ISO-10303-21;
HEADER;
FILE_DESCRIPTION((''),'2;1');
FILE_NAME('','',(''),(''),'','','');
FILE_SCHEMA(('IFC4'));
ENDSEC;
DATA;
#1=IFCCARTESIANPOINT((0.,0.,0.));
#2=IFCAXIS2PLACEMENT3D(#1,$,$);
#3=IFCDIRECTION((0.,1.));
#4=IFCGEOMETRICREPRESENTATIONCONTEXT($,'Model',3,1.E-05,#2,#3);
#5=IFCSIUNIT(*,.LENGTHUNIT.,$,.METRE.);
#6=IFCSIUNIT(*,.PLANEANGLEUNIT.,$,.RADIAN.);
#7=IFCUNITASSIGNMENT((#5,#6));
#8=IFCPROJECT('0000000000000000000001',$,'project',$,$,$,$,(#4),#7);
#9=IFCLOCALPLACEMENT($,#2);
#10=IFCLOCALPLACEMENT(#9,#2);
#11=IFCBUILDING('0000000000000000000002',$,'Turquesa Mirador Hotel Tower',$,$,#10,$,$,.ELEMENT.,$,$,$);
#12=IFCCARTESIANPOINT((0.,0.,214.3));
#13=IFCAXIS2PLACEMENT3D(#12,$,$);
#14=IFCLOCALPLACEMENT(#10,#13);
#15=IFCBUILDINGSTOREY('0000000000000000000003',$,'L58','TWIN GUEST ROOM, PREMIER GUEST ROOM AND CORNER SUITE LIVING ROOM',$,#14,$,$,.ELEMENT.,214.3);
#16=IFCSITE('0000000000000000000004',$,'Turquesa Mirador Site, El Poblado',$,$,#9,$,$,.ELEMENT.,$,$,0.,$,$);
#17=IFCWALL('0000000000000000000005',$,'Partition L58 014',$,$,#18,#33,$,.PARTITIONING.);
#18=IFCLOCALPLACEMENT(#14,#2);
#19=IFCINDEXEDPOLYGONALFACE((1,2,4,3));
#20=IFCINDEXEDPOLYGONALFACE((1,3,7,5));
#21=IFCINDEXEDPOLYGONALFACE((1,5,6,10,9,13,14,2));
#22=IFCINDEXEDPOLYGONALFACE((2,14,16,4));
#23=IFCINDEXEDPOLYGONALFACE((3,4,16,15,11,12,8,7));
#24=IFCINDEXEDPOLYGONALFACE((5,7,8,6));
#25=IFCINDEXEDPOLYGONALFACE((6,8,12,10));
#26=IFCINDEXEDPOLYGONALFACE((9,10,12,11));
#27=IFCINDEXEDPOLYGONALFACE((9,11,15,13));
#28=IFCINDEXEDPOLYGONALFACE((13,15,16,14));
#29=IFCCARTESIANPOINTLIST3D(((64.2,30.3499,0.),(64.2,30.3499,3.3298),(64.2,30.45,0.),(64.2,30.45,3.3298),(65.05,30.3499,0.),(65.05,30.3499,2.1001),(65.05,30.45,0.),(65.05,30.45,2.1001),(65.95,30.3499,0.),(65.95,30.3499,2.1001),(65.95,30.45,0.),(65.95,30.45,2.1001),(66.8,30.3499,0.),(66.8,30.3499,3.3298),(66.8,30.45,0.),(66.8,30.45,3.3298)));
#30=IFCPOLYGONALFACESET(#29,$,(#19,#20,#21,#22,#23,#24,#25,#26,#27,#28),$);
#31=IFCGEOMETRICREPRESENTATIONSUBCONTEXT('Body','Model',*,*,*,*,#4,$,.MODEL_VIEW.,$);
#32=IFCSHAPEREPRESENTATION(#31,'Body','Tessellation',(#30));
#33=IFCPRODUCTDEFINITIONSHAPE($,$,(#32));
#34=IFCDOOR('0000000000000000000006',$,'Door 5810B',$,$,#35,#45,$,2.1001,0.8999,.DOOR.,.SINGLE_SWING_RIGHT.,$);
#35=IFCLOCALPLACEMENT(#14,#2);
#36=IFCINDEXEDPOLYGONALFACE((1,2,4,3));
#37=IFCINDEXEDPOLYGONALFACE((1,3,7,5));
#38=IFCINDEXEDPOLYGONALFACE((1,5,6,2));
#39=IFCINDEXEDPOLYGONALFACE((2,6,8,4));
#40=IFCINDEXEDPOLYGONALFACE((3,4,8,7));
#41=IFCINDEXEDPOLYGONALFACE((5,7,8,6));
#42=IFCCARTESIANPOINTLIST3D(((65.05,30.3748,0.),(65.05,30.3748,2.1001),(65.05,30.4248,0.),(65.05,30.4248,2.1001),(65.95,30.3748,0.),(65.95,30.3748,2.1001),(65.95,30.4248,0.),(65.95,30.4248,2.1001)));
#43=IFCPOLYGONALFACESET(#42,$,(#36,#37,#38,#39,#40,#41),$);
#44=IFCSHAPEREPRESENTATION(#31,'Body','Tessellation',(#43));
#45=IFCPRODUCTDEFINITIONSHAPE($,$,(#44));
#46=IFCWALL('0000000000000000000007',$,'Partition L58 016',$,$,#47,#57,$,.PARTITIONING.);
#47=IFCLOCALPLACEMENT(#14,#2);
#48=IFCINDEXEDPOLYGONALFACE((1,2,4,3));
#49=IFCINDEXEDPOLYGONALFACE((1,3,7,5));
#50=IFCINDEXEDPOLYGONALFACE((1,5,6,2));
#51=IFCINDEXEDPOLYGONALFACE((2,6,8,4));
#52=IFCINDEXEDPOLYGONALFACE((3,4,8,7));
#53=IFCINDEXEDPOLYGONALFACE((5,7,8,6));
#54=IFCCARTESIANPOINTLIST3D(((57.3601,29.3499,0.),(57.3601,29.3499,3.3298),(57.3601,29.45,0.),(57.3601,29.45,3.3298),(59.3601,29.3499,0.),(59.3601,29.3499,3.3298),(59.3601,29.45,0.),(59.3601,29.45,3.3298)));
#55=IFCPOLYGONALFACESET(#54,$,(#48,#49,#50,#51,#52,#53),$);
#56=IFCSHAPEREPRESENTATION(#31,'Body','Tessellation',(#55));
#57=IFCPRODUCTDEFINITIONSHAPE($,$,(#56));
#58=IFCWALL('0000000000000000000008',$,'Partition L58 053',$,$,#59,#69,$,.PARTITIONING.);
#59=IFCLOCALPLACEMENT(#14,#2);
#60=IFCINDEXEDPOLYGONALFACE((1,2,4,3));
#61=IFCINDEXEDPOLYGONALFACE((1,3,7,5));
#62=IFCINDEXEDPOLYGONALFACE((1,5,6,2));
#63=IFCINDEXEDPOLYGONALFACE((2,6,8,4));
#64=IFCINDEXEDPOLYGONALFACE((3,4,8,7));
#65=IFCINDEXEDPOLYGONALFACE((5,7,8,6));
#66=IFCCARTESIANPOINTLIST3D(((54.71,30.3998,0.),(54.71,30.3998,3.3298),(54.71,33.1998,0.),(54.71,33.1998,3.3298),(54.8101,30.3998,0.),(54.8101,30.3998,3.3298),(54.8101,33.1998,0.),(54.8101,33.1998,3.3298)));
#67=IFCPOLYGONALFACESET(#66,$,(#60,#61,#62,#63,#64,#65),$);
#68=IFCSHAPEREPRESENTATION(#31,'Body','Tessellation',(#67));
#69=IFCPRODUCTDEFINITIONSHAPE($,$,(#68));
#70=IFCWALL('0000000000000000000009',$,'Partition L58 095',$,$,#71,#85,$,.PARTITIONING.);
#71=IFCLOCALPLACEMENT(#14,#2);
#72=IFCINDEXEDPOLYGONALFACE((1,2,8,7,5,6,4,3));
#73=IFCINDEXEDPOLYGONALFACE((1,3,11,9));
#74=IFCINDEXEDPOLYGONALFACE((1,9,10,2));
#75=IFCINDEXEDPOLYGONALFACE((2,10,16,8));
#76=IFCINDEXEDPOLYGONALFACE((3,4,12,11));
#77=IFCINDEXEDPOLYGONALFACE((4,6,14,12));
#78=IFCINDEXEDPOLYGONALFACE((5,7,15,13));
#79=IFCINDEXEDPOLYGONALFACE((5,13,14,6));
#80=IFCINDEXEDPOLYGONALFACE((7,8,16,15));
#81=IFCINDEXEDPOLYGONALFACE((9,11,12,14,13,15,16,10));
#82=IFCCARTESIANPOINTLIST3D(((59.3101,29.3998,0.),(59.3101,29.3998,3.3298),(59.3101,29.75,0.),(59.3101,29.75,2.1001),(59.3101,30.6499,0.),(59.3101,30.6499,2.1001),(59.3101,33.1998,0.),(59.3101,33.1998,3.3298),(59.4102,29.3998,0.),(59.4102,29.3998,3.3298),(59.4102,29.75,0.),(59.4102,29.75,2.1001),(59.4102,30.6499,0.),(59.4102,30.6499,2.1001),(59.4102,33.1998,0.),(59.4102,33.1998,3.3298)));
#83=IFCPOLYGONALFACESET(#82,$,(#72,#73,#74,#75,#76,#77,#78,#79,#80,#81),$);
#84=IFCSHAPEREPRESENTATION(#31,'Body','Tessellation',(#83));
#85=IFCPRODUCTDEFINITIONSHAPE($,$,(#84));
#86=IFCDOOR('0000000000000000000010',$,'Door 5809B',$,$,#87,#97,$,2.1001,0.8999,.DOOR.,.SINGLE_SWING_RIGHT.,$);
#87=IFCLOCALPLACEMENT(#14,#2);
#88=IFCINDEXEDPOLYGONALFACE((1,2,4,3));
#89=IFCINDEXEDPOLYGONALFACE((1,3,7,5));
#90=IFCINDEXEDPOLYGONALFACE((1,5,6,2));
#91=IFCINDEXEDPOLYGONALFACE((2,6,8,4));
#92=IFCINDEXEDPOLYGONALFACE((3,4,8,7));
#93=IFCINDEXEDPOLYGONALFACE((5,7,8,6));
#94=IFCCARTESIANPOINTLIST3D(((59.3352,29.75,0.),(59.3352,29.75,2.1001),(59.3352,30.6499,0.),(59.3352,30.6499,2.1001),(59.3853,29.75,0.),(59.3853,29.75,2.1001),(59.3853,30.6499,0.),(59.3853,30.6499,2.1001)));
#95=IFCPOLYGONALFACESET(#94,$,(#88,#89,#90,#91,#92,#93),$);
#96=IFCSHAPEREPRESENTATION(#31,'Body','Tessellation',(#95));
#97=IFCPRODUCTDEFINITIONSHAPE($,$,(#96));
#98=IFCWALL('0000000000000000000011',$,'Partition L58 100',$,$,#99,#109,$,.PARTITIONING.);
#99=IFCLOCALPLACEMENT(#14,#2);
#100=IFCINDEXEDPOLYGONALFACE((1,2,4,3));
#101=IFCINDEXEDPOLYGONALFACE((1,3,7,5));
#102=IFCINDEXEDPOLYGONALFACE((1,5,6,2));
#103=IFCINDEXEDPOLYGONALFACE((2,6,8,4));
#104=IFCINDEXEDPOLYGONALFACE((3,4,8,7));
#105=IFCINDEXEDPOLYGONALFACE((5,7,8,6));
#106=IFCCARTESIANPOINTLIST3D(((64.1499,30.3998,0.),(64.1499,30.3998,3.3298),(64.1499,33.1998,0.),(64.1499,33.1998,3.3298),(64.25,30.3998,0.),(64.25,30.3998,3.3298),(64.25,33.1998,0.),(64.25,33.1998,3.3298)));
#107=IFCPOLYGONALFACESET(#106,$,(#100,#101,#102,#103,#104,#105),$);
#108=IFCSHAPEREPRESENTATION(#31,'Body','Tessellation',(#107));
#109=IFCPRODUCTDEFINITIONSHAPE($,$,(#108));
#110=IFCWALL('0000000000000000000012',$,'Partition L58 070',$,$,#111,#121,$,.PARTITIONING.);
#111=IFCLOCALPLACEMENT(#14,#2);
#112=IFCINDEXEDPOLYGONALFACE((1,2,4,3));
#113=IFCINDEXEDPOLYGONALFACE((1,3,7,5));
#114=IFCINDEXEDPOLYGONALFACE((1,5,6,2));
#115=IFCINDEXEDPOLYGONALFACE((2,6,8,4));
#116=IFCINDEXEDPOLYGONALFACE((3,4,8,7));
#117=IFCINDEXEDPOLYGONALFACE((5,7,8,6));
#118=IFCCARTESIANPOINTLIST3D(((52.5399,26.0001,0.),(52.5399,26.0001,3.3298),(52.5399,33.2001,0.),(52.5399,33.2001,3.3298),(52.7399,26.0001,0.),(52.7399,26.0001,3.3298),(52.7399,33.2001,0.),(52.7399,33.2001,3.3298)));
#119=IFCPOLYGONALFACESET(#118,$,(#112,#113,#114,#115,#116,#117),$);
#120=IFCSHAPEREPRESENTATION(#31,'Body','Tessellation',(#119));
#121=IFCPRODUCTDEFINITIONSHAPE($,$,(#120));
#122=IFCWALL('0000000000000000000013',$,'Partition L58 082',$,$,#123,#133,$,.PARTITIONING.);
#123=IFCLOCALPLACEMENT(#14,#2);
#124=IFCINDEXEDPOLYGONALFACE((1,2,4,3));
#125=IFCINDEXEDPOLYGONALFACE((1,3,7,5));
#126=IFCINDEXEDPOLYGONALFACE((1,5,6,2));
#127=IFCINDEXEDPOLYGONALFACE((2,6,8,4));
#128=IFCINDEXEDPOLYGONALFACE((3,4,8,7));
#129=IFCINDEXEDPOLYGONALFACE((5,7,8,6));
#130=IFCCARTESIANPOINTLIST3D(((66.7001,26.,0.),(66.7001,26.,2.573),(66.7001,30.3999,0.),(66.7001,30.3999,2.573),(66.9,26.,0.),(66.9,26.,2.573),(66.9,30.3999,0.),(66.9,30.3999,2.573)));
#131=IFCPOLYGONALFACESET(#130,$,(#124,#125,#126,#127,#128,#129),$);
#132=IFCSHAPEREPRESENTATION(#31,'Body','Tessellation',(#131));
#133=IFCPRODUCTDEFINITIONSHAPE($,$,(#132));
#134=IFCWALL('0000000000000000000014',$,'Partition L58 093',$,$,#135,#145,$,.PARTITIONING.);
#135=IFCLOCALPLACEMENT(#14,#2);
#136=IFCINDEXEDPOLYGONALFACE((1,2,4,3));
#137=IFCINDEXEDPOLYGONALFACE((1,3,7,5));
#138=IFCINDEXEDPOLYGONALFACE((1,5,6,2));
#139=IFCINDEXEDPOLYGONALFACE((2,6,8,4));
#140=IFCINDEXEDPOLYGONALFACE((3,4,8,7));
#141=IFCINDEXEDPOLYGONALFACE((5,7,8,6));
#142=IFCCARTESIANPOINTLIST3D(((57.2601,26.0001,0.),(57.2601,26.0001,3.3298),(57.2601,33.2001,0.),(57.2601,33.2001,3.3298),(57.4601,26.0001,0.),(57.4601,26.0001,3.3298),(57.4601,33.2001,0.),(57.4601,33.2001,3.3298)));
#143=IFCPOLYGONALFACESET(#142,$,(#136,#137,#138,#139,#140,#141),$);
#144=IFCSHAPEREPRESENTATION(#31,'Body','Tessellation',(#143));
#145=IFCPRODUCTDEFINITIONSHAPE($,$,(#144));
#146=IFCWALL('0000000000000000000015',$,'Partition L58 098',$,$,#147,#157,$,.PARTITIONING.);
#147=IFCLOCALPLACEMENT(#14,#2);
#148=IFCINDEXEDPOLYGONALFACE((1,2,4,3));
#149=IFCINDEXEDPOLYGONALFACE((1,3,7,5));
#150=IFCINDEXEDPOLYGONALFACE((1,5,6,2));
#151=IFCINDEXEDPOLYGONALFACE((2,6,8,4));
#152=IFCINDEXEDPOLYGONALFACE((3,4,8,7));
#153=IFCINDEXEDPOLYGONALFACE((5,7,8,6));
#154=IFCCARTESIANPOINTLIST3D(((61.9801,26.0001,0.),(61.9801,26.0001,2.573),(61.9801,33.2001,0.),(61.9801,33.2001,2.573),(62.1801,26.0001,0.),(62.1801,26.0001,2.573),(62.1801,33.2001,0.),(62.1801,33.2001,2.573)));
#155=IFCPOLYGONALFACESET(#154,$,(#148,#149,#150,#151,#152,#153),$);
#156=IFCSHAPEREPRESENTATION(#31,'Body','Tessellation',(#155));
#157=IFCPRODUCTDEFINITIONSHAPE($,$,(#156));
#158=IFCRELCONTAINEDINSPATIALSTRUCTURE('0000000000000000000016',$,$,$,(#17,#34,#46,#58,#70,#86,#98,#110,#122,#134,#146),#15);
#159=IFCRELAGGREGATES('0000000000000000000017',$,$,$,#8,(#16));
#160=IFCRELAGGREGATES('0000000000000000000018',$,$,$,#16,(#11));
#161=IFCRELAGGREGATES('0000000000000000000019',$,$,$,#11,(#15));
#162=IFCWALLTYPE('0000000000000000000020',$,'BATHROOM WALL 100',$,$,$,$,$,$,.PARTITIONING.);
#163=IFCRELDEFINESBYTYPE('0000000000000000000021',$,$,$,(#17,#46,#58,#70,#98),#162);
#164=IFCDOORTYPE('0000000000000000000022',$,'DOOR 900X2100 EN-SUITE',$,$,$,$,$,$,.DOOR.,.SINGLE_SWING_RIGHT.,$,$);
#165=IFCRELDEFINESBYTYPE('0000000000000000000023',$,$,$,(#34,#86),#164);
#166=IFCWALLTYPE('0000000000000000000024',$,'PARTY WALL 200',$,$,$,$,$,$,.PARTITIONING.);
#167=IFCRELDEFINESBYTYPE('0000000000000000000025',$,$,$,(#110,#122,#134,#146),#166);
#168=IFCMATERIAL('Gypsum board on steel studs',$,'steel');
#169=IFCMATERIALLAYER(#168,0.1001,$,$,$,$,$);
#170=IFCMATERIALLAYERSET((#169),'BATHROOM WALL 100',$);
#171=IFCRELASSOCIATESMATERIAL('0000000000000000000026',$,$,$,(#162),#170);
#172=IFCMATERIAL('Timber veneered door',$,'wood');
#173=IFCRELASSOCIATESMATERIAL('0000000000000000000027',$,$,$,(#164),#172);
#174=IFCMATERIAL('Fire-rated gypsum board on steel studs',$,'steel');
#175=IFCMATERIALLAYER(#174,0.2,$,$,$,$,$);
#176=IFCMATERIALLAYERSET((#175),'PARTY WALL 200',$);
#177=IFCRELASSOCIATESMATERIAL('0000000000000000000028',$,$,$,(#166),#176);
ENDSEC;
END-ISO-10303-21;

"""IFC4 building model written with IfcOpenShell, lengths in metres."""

from ifc_helpers import new_model, si_unit, direction, frame, frame_2d, origin, place, context, subcontext, project, spatial, rectangle, extrude, material, layer, layer_set, type_object, element, fill, save


model = new_model("IFC4")

# Units and contexts
model_context = context("Model", 3, precision=1e-05, world=origin(), true_north=direction((0.0, 1.0)))
body_context = subcontext(model_context, "Body", "Model", "MODEL_VIEW")
ifc_project = project(units=[si_unit("LENGTHUNIT", "METRE"), si_unit("PLANEANGLEUNIT", "RADIAN")], contexts=[model_context])

# Site, building, storey
site_placement = place(None, origin())
site = spatial("IfcSite", under=ifc_project, at=site_placement, Name="Turquesa Mirador Site, El Poblado", CompositionType="ELEMENT", RefElevation=0.0)
building_placement = place(site_placement, origin())
building = spatial("IfcBuilding", under=site, at=building_placement, Name="Turquesa Mirador Hotel Tower", CompositionType="ELEMENT")
storey_placement = place(building_placement, frame((0.0, 0.0, 214.3)))
storey = spatial("IfcBuildingStorey", under=building, at=storey_placement, Name="L58", Description="TWIN GUEST ROOM, PREMIER GUEST ROOM AND CORNER SUITE LIVING ROOM", CompositionType="ELEMENT", Elevation=214.3)

# Wall, opening, door
ifc_material_1 = material(Name="Gypsum board on steel studs", Category="steel")
ifc_layer_1 = layer(ifc_material_1, 0.1001)
ifc_layer_set_1 = layer_set([ifc_layer_1], Name="BATHROOM WALL 100")
wall_type_1 = type_object("IfcWallType", Name="BATHROOM WALL 100", PredefinedType="PARTITIONING", material=ifc_layer_set_1)
ifc_material_2 = material(Name="Timber veneered door", Category="wood")
door_type = type_object("IfcDoorType", Name="DOOR 900X2100 EN-SUITE", OperationType="SINGLE_SWING_RIGHT", PredefinedType="DOOR", material=ifc_material_2)
wall_1_placement = place(storey_placement, frame((64.2, 30.3999, 0.0), z_axis=(0.0, 0.0, 1.0), x_axis=(1.0, 0.0, 0.0)))
wall_1 = element("IfcWall", 1, at=wall_1_placement, inside=storey, type_object=wall_type_1, Name="Partition L58 014", PredefinedType="PARTITIONING", context=body_context, shape_type="SweptSolid", body=[
    extrude(rectangle(XDim=2.6001, YDim=0.1001, at=frame_2d((1.3, 0.0))), origin(), (0.0, 0.0, 1.0), 3.3298),
])
opening_1_placement = place(wall_1_placement, frame((0.8501, 0.0, 0.0)))
opening_1 = element("IfcOpeningElement", 2, at=opening_1_placement, cuts=wall_1, PredefinedType="OPENING", context=body_context, shape_type="SweptSolid", body=[
    extrude(rectangle(XDim=0.8999, YDim=2.1001, at=frame_2d((0.45, 1.05))), frame((0.0, 0.0601, 0.0), z_axis=(0.0, -1.0, 0.0), x_axis=(1.0, 0.0, 0.0)), (0.0, 0.0, 1.0), 0.1201),
])
door_1_placement = place(opening_1_placement, origin())
door_1 = element("IfcDoor", 3, at=door_1_placement, inside=storey, type_object=door_type, Name="Door 5810B", OperationType="SINGLE_SWING_RIGHT", OverallHeight=2.1001, OverallWidth=0.8999, PredefinedType="DOOR", context=body_context, shape_type="SweptSolid", body=[
    extrude(rectangle(XDim=0.8999, YDim=2.1001, at=frame_2d((0.45, 1.05))), frame((0.0, 0.0249, 0.0), z_axis=(0.0, -1.0, 0.0), x_axis=(1.0, 0.0, 0.0)), (0.0, 0.0, 1.0), 0.05),
])
fill(opening_1, door_1)

# Walls
wall_2_placement = place(storey_placement, frame((57.3601, 29.3999, 0.0), z_axis=(0.0, 0.0, 1.0), x_axis=(1.0, 0.0, 0.0)))
element("IfcWall", 4, at=wall_2_placement, inside=storey, type_object=wall_type_1, Name="Partition L58 016", PredefinedType="PARTITIONING", context=body_context, shape_type="SweptSolid", body=[
    extrude(rectangle(XDim=2.0, YDim=0.1001, at=frame_2d((1.0, 0.0))), origin(), (0.0, 0.0, 1.0), 3.3298),
])
wall_3_placement = place(storey_placement, frame((54.76, 30.3999, 0.0), z_axis=(0.0, 0.0, 1.0), x_axis=(0.0, 1.0, 0.0)))
element("IfcWall", 5, at=wall_3_placement, inside=storey, type_object=wall_type_1, Name="Partition L58 053", PredefinedType="PARTITIONING", context=body_context, shape_type="SweptSolid", body=[
    extrude(rectangle(XDim=2.8, YDim=0.1001, at=frame_2d((1.3999, 0.0))), origin(), (0.0, 0.0, 1.0), 3.3298),
])

# Wall, opening, door
wall_4_placement = place(storey_placement, frame((59.3601, 29.3999, 0.0), z_axis=(0.0, 0.0, 1.0), x_axis=(0.0, 1.0, 0.0)))
wall_4 = element("IfcWall", 6, at=wall_4_placement, inside=storey, type_object=wall_type_1, Name="Partition L58 095", PredefinedType="PARTITIONING", context=body_context, shape_type="SweptSolid", body=[
    extrude(rectangle(XDim=3.8, YDim=0.1001, at=frame_2d((1.8999, 0.0))), origin(), (0.0, 0.0, 1.0), 3.3298),
])
opening_2_placement = place(wall_4_placement, frame((0.3501, 0.0, 0.0)))
opening_2 = element("IfcOpeningElement", 7, at=opening_2_placement, cuts=wall_4, PredefinedType="OPENING", context=body_context, shape_type="SweptSolid", body=[
    extrude(rectangle(XDim=0.8999, YDim=2.1001, at=frame_2d((0.45, 1.05))), frame((0.0, 0.0601, 0.0), z_axis=(0.0, -1.0, 0.0), x_axis=(1.0, 0.0, 0.0)), (0.0, 0.0, 1.0), 0.1201),
])
door_2_placement = place(opening_2_placement, origin())
door_2 = element("IfcDoor", 8, at=door_2_placement, inside=storey, type_object=door_type, Name="Door 5809B", OperationType="SINGLE_SWING_RIGHT", OverallHeight=2.1001, OverallWidth=0.8999, PredefinedType="DOOR", context=body_context, shape_type="SweptSolid", body=[
    extrude(rectangle(XDim=0.8999, YDim=2.1001, at=frame_2d((0.45, 1.05))), frame((0.0, 0.0249, 0.0), z_axis=(0.0, -1.0, 0.0), x_axis=(1.0, 0.0, 0.0)), (0.0, 0.0, 1.0), 0.05),
])
fill(opening_2, door_2)

# Walls
wall_5_placement = place(storey_placement, frame((64.2, 30.3999, 0.0), z_axis=(0.0, 0.0, 1.0), x_axis=(0.0, 1.0, 0.0)))
element("IfcWall", 9, at=wall_5_placement, inside=storey, type_object=wall_type_1, Name="Partition L58 100", PredefinedType="PARTITIONING", context=body_context, shape_type="SweptSolid", body=[
    extrude(rectangle(XDim=2.8, YDim=0.1001, at=frame_2d((1.3999, 0.0))), origin(), (0.0, 0.0, 1.0), 3.3298),
])
ifc_material_3 = material(Name="Fire-rated gypsum board on steel studs", Category="steel")
ifc_layer_2 = layer(ifc_material_3, 0.2)
ifc_layer_set_2 = layer_set([ifc_layer_2], Name="PARTY WALL 200")
wall_type_2 = type_object("IfcWallType", Name="PARTY WALL 200", PredefinedType="PARTITIONING", material=ifc_layer_set_2)
wall_6_placement = place(storey_placement, frame((52.6399, 26.0, 0.0), z_axis=(0.0, 0.0, 1.0), x_axis=(0.0, 1.0, 0.0)))
element("IfcWall", 10, at=wall_6_placement, inside=storey, type_object=wall_type_2, Name="Partition L58 070", PredefinedType="PARTITIONING", context=body_context, shape_type="SweptSolid", body=[
    extrude(rectangle(XDim=7.2, YDim=0.2, at=frame_2d((3.6001, 0.0))), origin(), (0.0, 0.0, 1.0), 3.3298),
])
wall_7_placement = place(storey_placement, frame((66.8, 26.0, 0.0), z_axis=(0.0, 0.0, 1.0), x_axis=(0.0, 1.0, 0.0)))
element("IfcWall", 11, at=wall_7_placement, inside=storey, type_object=wall_type_2, Name="Partition L58 082", PredefinedType="PARTITIONING", context=body_context, shape_type="SweptSolid", body=[
    extrude(rectangle(XDim=4.3999, YDim=0.2, at=frame_2d((2.2, 0.0))), origin(), (0.0, 0.0, 1.0), 2.573),
])
wall_8_placement = place(storey_placement, frame((57.3601, 26.0, 0.0), z_axis=(0.0, 0.0, 1.0), x_axis=(0.0, 1.0, 0.0)))
element("IfcWall", 12, at=wall_8_placement, inside=storey, type_object=wall_type_2, Name="Partition L58 093", PredefinedType="PARTITIONING", context=body_context, shape_type="SweptSolid", body=[
    extrude(rectangle(XDim=7.2, YDim=0.2, at=frame_2d((3.6001, 0.0))), origin(), (0.0, 0.0, 1.0), 3.3298),
])
wall_9_placement = place(storey_placement, frame((62.0801, 26.0, 0.0), z_axis=(0.0, 0.0, 1.0), x_axis=(0.0, 1.0, 0.0)))
element("IfcWall", 13, at=wall_9_placement, inside=storey, type_object=wall_type_2, Name="Partition L58 098", PredefinedType="PARTITIONING", context=body_context, shape_type="SweptSolid", body=[
    extrude(rectangle(XDim=7.2, YDim=0.2, at=frame_2d((3.6001, 0.0))), origin(), (0.0, 0.0, 1.0), 2.573),
])

save(model, "model.ifc")
